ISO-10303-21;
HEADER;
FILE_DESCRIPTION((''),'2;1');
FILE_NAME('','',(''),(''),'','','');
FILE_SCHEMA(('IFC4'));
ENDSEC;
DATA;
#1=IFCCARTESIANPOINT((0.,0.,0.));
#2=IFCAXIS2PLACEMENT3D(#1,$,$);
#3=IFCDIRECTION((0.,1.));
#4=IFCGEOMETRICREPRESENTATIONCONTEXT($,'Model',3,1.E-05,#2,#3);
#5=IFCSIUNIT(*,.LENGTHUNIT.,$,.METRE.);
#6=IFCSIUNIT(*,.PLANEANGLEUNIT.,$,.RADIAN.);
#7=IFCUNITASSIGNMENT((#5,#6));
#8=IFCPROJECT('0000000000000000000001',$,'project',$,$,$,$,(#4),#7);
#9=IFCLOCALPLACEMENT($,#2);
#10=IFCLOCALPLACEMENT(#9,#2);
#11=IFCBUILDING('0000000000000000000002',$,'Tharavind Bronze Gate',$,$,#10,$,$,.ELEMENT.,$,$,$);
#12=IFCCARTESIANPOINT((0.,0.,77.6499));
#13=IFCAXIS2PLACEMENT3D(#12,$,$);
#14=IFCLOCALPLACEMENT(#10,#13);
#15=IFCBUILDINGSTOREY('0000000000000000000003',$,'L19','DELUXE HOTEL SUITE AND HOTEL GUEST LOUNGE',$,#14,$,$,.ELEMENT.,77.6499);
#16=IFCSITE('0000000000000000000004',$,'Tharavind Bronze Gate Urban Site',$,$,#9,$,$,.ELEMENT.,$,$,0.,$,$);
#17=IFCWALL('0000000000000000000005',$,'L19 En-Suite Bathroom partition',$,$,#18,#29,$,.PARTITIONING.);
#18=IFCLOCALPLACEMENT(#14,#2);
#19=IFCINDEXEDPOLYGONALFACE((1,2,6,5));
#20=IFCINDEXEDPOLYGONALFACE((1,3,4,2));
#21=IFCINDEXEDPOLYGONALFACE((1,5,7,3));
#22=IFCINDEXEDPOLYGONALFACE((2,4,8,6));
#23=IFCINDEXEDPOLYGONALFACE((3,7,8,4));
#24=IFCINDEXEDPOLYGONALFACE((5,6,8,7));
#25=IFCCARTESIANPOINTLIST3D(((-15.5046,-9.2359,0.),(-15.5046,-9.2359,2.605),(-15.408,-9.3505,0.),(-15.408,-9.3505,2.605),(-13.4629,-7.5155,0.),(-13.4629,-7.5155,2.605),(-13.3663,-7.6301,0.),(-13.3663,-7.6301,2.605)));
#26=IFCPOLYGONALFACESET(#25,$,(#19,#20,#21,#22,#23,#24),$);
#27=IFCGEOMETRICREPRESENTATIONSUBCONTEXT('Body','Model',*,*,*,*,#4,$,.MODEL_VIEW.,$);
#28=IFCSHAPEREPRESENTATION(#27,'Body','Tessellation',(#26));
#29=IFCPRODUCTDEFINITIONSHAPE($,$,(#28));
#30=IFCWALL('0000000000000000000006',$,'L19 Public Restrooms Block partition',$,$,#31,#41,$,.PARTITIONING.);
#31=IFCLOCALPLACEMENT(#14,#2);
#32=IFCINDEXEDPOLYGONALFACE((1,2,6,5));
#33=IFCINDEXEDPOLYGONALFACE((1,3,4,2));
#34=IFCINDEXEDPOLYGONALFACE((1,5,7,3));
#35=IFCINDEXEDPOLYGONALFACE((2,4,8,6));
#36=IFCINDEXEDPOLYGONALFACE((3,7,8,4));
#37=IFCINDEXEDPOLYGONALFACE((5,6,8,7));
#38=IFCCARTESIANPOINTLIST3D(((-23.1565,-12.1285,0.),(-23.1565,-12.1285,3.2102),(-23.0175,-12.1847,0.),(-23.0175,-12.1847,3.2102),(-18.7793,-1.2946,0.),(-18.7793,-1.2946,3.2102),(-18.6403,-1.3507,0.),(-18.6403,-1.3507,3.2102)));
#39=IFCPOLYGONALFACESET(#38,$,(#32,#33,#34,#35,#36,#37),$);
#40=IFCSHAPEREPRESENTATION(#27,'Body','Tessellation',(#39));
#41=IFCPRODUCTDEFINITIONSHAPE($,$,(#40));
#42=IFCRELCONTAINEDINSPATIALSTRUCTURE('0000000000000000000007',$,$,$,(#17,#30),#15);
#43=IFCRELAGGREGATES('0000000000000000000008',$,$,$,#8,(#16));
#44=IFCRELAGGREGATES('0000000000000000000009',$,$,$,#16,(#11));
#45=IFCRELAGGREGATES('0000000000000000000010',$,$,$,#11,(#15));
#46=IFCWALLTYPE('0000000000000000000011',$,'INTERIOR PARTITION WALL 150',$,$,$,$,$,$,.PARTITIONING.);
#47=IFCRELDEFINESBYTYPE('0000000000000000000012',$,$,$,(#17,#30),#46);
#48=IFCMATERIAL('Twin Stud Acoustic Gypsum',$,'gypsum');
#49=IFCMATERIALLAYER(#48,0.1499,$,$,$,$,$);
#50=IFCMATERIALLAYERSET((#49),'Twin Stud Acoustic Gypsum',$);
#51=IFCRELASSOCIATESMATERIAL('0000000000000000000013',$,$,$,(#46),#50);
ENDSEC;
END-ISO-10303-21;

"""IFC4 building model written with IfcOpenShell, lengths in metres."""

from ifc_helpers import new_model, si_unit, direction, frame, frame_2d, origin, place, context, subcontext, project, spatial, rectangle, extrude, material, layer, layer_set, type_object, element, save


model = new_model("IFC4")

# Units and contexts
model_context = context("Model", 3, precision=1e-05, world=origin(), true_north=direction((0.0, 1.0)))
body_context = subcontext(model_context, "Body", "Model", "MODEL_VIEW")
ifc_project = project(units=[si_unit("LENGTHUNIT", "METRE"), si_unit("PLANEANGLEUNIT", "RADIAN")], contexts=[model_context])

# Site, building, storey
site_placement = place(None, origin())
site = spatial("IfcSite", under=ifc_project, at=site_placement, Name="Tharavind Bronze Gate Urban Site", CompositionType="ELEMENT", RefElevation=0.0)
building_placement = place(site_placement, origin())
building = spatial("IfcBuilding", under=site, at=building_placement, Name="Tharavind Bronze Gate", CompositionType="ELEMENT")
storey_placement = place(building_placement, frame((0.0, 0.0, 77.6499)))
storey = spatial("IfcBuildingStorey", under=building, at=storey_placement, Name="L19", Description="DELUXE HOTEL SUITE AND HOTEL GUEST LOUNGE", CompositionType="ELEMENT", Elevation=77.6499)

# Shared definitions
ifc_material_1 = material(Name="Twin Stud Acoustic Gypsum", Category="gypsum")
ifc_layer_1 = layer(ifc_material_1, 0.1499)
ifc_layer_set_1 = layer_set([ifc_layer_1], Name="Twin Stud Acoustic Gypsum")
wall_type_1 = type_object("IfcWallType", Name="INTERIOR PARTITION WALL 150", PredefinedType="PARTITIONING", material=ifc_layer_set_1)

# Walls
wall_1_placement = place(storey_placement, frame((-15.4563, -9.2932, 0.0), z_axis=(0.0, 0.0, 1.0), x_axis=(0.76471, 0.644375, 0.0)))
element("IfcWall", 1, at=wall_1_placement, inside=storey, type_object=wall_type_1, Name="L19 En-Suite Bathroom partition", PredefinedType="PARTITIONING", context=body_context, shape_type="SweptSolid", body=[
    extrude(rectangle(XDim=2.6699, YDim=0.1499, at=frame_2d((1.335, 0.0))), origin(), (0.0, 0.0, 1.0), 2.605),
])
wall_2_placement = place(storey_placement, frame((-23.0869, -12.1565, 0.0), z_axis=(0.0, 0.0, 1.0), x_axis=(0.374605, 0.927184, 0.0)))
element("IfcWall", 2, at=wall_2_placement, inside=storey, type_object=wall_type_1, Name="L19 Public Restrooms Block partition", PredefinedType="PARTITIONING", context=body_context, shape_type="SweptSolid", body=[
    extrude(rectangle(XDim=11.6848, YDim=0.1499, at=frame_2d((5.8423, 0.0))), origin(), (0.0, 0.0, 1.0), 3.2102),
])

save(model, "model.ifc")
